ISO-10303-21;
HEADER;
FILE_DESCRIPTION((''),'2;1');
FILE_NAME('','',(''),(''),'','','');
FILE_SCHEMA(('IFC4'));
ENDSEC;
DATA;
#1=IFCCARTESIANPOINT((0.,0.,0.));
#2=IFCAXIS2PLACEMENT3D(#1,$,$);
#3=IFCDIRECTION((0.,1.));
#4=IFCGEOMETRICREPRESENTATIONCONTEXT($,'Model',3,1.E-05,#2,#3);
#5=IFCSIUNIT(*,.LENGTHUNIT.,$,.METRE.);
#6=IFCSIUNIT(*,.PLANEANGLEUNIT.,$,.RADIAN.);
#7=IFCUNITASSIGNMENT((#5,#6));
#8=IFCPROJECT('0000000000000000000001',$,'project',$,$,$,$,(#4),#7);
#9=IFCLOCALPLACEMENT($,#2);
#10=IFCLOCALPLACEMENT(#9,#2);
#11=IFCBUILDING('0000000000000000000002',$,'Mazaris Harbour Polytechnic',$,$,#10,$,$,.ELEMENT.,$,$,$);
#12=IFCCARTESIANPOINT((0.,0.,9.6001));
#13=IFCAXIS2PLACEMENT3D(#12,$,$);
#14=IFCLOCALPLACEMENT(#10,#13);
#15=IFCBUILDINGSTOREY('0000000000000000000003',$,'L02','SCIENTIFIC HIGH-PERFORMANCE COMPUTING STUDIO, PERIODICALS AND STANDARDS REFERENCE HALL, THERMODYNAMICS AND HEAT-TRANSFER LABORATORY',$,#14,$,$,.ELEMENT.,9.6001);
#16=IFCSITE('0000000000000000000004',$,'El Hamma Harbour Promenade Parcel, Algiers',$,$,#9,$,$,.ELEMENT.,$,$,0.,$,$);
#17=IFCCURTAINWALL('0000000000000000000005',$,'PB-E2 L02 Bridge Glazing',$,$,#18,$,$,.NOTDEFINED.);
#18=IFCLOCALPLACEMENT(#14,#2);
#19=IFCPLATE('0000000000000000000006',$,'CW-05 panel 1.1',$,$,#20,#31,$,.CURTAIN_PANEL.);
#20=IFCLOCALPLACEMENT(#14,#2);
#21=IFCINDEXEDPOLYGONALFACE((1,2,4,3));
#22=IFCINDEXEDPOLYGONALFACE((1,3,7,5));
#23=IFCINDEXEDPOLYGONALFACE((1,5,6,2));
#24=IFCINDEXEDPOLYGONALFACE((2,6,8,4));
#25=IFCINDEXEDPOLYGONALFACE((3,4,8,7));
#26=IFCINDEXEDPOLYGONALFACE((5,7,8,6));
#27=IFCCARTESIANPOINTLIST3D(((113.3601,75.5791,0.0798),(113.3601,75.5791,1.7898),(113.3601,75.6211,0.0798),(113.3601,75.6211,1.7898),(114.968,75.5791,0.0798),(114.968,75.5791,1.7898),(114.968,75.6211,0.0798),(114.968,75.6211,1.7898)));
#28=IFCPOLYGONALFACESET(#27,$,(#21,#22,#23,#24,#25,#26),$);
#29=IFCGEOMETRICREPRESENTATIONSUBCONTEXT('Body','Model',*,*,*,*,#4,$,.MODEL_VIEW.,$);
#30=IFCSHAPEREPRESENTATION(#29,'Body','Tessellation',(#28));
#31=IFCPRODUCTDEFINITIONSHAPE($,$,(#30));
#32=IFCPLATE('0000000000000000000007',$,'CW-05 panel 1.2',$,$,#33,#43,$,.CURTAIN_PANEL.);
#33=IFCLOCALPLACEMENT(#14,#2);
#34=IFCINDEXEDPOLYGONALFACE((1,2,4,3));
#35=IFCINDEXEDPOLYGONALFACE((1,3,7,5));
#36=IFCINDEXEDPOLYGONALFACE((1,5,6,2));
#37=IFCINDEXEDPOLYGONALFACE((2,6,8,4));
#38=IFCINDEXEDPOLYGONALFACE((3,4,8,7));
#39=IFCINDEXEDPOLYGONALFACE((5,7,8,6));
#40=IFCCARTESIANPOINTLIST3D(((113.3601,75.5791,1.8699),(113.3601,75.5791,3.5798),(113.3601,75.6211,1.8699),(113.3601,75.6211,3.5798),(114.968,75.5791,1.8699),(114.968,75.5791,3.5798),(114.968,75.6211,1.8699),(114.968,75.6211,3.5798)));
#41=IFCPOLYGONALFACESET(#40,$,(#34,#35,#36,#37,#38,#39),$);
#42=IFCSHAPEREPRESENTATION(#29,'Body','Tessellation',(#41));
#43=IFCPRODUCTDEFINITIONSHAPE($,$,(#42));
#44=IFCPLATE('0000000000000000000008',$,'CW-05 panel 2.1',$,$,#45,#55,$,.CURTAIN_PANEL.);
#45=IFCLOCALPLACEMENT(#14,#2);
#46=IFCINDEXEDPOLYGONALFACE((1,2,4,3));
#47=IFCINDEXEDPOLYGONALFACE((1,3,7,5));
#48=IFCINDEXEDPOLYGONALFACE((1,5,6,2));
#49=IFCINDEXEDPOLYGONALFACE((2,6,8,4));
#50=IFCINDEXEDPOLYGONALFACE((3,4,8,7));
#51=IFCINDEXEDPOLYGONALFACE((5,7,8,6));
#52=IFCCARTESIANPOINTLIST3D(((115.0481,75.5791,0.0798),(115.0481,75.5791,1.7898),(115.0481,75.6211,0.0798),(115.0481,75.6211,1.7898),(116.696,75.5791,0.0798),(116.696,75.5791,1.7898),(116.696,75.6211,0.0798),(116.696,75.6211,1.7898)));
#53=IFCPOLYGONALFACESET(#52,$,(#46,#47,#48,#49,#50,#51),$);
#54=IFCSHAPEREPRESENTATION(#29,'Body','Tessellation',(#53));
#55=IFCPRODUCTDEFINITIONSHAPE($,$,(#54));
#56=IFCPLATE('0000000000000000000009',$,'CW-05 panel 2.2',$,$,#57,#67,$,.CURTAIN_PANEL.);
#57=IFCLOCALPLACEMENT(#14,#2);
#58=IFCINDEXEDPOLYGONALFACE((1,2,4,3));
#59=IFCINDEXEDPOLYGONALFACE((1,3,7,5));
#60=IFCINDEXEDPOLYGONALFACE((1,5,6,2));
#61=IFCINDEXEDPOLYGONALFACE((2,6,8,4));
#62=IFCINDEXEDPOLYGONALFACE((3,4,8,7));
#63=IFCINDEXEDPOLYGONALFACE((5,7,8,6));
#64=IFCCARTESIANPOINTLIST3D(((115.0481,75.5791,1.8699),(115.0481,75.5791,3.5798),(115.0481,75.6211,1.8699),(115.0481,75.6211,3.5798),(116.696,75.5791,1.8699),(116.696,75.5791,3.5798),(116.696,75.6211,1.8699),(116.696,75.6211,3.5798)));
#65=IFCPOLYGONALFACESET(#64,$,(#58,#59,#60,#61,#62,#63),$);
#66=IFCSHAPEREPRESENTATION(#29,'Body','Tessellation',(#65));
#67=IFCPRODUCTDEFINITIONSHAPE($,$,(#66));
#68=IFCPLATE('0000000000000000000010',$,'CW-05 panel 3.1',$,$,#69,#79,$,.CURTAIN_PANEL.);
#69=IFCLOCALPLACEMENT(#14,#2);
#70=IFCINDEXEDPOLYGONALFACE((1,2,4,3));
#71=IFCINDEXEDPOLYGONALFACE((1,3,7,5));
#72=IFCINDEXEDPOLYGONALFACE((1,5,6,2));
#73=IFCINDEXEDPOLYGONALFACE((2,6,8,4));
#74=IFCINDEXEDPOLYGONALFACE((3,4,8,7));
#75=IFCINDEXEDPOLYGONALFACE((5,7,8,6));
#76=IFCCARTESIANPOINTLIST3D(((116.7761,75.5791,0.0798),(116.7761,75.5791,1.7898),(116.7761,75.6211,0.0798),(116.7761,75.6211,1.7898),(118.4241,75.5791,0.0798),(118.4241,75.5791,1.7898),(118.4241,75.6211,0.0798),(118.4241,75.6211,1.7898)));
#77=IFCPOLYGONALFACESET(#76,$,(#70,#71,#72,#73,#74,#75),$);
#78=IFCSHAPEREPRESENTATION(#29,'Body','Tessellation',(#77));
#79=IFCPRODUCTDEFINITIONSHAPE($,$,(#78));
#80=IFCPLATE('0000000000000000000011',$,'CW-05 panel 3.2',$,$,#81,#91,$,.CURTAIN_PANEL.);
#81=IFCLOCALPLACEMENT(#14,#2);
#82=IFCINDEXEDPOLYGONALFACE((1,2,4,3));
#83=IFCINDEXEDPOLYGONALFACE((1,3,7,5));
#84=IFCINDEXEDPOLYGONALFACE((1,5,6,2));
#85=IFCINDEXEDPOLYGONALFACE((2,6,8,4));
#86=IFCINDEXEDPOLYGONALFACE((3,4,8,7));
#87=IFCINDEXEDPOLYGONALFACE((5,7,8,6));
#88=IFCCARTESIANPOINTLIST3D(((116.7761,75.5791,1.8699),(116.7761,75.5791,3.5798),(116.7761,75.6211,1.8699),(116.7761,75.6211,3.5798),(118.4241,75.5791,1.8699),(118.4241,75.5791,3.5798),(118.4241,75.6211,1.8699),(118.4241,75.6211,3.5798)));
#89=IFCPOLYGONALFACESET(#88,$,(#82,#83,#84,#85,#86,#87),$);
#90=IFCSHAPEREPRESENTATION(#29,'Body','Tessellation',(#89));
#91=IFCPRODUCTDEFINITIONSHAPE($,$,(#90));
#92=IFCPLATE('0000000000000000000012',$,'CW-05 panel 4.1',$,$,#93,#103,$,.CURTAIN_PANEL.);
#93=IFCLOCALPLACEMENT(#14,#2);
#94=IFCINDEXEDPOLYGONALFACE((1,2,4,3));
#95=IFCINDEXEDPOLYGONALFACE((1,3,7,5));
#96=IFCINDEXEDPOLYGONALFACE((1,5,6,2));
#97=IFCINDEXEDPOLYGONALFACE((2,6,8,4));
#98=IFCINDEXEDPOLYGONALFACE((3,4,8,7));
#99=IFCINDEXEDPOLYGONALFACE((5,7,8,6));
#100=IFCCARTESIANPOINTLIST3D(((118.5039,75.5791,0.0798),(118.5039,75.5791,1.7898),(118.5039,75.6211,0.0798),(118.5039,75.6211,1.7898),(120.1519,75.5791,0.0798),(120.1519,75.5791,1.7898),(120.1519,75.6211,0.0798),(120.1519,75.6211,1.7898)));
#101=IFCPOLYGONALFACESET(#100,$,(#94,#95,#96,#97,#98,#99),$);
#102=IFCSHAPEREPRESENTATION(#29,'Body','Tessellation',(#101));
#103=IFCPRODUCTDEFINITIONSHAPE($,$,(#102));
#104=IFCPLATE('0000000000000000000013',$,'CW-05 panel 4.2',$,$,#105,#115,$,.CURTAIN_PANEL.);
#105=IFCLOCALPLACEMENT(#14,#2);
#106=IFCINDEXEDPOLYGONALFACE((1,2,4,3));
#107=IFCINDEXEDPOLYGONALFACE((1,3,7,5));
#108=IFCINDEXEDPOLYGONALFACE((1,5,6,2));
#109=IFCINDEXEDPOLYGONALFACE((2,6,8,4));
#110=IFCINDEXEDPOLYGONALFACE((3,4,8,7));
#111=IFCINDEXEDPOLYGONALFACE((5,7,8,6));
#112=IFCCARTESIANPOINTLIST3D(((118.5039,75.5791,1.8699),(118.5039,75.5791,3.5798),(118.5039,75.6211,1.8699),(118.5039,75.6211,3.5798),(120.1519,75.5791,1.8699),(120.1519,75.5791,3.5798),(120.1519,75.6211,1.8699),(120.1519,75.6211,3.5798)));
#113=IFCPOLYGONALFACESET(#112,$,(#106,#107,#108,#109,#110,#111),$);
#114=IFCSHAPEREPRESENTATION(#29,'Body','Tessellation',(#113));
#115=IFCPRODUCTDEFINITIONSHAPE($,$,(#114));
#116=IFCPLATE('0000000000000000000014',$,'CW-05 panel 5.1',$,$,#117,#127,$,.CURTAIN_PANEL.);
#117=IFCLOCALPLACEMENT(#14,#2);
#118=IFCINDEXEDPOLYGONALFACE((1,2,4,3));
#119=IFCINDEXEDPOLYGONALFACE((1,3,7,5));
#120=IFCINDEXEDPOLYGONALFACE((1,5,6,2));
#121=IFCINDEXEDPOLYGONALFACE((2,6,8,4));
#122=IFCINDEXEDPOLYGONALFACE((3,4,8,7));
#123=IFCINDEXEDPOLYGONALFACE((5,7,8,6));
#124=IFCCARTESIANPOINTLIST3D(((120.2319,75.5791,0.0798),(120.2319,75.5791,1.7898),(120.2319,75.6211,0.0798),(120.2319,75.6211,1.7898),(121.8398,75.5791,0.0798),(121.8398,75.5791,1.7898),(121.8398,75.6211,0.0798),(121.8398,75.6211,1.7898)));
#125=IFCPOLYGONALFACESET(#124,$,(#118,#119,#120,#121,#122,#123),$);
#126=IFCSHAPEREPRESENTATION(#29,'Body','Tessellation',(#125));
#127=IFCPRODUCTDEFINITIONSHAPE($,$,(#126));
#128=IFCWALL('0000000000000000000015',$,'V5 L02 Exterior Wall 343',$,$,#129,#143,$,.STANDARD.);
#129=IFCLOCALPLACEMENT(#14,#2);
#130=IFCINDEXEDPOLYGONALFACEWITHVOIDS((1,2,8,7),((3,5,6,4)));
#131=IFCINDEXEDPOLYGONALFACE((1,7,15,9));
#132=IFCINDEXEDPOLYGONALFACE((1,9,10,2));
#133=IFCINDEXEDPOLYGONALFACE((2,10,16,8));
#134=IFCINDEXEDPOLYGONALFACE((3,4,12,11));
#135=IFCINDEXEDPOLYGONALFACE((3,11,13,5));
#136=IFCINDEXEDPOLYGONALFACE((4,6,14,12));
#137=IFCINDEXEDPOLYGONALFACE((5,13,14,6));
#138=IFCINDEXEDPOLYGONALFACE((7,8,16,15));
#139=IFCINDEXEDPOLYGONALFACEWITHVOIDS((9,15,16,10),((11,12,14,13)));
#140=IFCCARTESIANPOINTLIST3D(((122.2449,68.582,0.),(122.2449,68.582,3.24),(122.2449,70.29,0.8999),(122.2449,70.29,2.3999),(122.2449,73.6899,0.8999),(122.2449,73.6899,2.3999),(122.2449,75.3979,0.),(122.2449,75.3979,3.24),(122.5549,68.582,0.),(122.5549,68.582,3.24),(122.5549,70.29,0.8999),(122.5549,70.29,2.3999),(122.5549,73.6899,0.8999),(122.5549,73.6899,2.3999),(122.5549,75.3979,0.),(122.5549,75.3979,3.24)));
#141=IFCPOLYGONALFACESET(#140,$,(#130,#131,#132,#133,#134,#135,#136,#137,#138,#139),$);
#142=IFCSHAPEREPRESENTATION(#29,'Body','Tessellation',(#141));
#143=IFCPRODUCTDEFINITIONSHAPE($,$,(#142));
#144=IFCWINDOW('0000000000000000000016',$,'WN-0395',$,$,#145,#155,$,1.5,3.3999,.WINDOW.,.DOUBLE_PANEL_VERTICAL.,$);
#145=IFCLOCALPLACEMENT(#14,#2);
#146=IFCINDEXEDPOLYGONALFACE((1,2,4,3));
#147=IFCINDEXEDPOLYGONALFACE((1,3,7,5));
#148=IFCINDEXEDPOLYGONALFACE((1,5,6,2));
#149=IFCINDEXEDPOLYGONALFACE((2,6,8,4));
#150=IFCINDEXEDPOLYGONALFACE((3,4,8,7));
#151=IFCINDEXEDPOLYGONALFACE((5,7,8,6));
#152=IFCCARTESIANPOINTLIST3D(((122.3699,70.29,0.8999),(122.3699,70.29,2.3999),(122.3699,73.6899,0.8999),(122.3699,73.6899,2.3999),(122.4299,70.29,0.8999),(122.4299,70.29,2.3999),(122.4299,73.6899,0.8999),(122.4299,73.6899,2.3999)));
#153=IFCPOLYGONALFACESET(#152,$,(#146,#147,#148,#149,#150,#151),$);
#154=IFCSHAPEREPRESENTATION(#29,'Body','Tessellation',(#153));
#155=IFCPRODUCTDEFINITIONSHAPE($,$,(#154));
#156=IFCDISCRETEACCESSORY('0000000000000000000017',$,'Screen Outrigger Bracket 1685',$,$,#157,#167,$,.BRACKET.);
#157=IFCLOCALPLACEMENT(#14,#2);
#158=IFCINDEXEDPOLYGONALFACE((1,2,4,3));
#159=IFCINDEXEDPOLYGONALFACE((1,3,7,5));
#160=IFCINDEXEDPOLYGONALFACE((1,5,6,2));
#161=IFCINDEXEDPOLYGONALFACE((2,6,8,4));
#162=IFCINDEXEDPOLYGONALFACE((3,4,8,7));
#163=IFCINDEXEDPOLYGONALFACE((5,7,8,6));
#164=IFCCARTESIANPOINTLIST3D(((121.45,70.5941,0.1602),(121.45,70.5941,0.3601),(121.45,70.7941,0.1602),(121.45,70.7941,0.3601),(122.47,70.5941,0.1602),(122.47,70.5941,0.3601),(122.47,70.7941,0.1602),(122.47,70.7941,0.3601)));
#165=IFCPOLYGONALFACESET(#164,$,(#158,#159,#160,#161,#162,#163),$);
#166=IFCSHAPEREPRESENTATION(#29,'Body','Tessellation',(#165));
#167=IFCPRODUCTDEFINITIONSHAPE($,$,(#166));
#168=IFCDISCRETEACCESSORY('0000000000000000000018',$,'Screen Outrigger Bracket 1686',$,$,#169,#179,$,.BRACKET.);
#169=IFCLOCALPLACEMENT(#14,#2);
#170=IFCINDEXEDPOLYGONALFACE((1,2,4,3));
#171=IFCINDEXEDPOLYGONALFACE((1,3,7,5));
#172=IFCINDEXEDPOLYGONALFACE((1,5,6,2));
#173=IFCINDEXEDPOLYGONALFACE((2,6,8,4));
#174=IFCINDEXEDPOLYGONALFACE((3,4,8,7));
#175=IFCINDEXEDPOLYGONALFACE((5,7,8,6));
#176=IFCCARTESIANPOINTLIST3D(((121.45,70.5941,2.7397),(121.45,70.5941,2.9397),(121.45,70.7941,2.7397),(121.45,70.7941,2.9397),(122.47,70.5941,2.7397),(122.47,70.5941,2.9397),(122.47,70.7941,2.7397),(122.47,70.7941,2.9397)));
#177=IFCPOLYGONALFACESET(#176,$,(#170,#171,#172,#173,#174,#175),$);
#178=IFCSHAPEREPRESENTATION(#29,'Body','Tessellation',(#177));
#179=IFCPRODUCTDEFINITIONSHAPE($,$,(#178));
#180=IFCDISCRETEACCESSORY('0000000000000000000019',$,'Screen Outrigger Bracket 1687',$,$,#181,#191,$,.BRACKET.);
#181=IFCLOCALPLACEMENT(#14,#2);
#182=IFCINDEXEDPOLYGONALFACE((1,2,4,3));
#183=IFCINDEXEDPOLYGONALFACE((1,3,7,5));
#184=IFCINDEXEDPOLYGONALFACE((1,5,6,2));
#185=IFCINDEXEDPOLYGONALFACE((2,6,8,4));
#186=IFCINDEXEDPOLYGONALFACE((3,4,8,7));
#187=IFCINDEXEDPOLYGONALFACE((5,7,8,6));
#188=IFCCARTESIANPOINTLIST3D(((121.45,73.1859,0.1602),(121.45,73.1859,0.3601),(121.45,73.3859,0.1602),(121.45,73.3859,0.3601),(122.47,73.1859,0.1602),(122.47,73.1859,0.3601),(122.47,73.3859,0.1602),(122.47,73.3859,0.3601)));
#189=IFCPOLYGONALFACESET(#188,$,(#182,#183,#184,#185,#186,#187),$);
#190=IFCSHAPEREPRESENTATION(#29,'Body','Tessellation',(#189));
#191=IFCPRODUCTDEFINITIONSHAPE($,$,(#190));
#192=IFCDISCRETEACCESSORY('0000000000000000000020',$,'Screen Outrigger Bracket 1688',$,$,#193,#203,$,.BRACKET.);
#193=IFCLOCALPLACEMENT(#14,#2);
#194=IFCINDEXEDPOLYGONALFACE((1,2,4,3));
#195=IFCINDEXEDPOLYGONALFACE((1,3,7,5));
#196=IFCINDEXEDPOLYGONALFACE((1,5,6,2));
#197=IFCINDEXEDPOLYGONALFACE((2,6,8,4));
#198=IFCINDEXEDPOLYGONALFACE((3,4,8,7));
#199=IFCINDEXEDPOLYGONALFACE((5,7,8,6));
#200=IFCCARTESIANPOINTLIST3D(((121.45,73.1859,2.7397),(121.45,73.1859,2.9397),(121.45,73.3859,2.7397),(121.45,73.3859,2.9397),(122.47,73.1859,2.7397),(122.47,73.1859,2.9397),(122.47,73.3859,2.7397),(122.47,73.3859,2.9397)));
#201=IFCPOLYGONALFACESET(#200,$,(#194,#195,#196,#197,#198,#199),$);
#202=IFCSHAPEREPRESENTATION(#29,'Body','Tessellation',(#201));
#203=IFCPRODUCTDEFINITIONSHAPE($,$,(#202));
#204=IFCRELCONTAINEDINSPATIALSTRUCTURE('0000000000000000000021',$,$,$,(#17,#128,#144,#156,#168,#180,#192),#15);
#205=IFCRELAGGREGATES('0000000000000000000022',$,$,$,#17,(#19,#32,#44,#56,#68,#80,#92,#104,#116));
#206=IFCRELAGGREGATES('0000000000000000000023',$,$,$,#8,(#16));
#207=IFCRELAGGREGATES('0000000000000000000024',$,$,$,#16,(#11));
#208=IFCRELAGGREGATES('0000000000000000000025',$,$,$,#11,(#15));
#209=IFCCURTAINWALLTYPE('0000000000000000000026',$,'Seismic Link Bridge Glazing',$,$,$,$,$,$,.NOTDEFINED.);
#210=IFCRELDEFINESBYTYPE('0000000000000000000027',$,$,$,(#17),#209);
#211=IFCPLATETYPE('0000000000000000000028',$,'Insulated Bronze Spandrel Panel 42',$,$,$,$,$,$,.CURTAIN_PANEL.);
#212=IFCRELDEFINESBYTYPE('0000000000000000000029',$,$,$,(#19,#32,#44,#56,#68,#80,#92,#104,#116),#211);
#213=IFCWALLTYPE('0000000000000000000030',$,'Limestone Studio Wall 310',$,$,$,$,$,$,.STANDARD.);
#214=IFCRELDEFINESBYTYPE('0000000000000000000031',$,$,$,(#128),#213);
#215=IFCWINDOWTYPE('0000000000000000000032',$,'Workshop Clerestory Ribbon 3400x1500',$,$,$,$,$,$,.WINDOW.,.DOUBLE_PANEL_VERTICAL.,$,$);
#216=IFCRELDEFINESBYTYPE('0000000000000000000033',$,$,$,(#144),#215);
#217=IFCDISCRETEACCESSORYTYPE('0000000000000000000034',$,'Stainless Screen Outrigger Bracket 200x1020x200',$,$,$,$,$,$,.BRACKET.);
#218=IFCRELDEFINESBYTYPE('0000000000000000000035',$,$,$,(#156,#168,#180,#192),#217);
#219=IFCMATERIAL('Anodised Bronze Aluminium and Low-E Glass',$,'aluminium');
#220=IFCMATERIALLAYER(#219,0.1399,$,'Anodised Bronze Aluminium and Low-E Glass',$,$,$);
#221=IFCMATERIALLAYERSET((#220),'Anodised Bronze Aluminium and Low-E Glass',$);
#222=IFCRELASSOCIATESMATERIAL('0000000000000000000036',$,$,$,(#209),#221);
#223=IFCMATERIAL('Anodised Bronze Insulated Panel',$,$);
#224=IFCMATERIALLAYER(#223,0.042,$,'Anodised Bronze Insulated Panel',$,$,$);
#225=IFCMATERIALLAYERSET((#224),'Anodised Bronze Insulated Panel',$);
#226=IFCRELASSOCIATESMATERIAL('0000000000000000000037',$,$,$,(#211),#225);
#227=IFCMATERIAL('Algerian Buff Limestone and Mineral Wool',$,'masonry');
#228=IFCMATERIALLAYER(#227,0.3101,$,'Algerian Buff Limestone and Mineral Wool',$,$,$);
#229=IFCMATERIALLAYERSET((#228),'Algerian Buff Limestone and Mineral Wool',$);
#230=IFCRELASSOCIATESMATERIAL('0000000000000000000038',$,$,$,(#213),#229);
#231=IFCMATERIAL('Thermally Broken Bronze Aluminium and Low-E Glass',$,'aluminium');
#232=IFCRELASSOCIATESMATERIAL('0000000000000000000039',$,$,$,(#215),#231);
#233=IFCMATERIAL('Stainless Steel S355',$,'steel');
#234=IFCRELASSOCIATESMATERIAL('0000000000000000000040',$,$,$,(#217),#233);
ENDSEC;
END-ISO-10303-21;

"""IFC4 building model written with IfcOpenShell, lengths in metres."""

from ifc_helpers import new_model, si_unit, direction, frame, frame_2d, origin, origin_2d, place, context, subcontext, project, spatial, rectangle, extrude, material, layer, layer_set, type_object, element, fill, aggregate, save


model = new_model("IFC4")

# Units and contexts
model_context = context("Model", 3, precision=1e-05, world=origin(), true_north=direction((0.0, 1.0)))
body_context = subcontext(model_context, "Body", "Model", "MODEL_VIEW")
ifc_project = project(units=[si_unit("LENGTHUNIT", "METRE"), si_unit("PLANEANGLEUNIT", "RADIAN")], contexts=[model_context])

# Site, building, storey
site_placement = place(None, origin())
site = spatial("IfcSite", under=ifc_project, at=site_placement, Name="El Hamma Harbour Promenade Parcel, Algiers", CompositionType="ELEMENT", RefElevation=0.0)
building_placement = place(site_placement, origin())
building = spatial("IfcBuilding", under=site, at=building_placement, Name="Mazaris Harbour Polytechnic", CompositionType="ELEMENT")
storey_placement = place(building_placement, frame((0.0, 0.0, 9.6001)))
storey = spatial("IfcBuildingStorey", under=building, at=storey_placement, Name="L02", Description="SCIENTIFIC HIGH-PERFORMANCE COMPUTING STUDIO, PERIODICALS AND STANDARDS REFERENCE HALL, THERMODYNAMICS AND HEAT-TRANSFER LABORATORY", CompositionType="ELEMENT", Elevation=9.6001)

# Curtain wall
ifc_material_1 = material(Name="Anodised Bronze Aluminium and Low-E Glass", Category="aluminium")
ifc_layer_1 = layer(ifc_material_1, 0.1399, Name="Anodised Bronze Aluminium and Low-E Glass")
ifc_layer_set_1 = layer_set([ifc_layer_1], Name="Anodised Bronze Aluminium and Low-E Glass")
curtain_wall_type = type_object("IfcCurtainWallType", Name="Seismic Link Bridge Glazing", PredefinedType="NOTDEFINED", material=ifc_layer_set_1)
curtain_wall_placement = place(storey_placement, origin())
curtain_wall = element("IfcCurtainWall", 1, at=curtain_wall_placement, inside=storey, type_object=curtain_wall_type, Name="PB-E2 L02 Bridge Glazing", PredefinedType="NOTDEFINED")

# Plates
ifc_material_2 = material(Name="Anodised Bronze Insulated Panel")
ifc_layer_2 = layer(ifc_material_2, 0.042, Name="Anodised Bronze Insulated Panel")
ifc_layer_set_2 = layer_set([ifc_layer_2], Name="Anodised Bronze Insulated Panel")
plate_type = type_object("IfcPlateType", Name="Insulated Bronze Spandrel Panel 42", PredefinedType="CURTAIN_PANEL", material=ifc_layer_set_2)
plate_1_placement = place(storey_placement, frame((114.1641, 75.6001, 0.0798), z_axis=(0.0, 0.0, 1.0), x_axis=(1.0, 0.0, 0.0)))
plate_1 = element("IfcPlate", 2, at=plate_1_placement, type_object=plate_type, Name="CW-05 panel 1.1", PredefinedType="CURTAIN_PANEL", context=body_context, shape_type="SweptSolid", body=[
    extrude(rectangle(XDim=1.6079, YDim=0.042, at=origin_2d()), origin(), (0.0, 0.0, 1.0), 1.71),
])
plate_2_placement = place(storey_placement, frame((114.1641, 75.6001, 1.8699), z_axis=(0.0, 0.0, 1.0), x_axis=(1.0, 0.0, 0.0)))
plate_2 = element("IfcPlate", 3, at=plate_2_placement, type_object=plate_type, Name="CW-05 panel 1.2", PredefinedType="CURTAIN_PANEL", context=body_context, shape_type="SweptSolid", body=[
    extrude(rectangle(XDim=1.6079, YDim=0.042, at=origin_2d()), origin(), (0.0, 0.0, 1.0), 1.71),
])
plate_3_placement = place(storey_placement, frame((115.8721, 75.6001, 0.0798), z_axis=(0.0, 0.0, 1.0), x_axis=(1.0, 0.0, 0.0)))
plate_3 = element("IfcPlate", 4, at=plate_3_placement, type_object=plate_type, Name="CW-05 panel 2.1", PredefinedType="CURTAIN_PANEL", context=body_context, shape_type="SweptSolid", body=[
    extrude(rectangle(XDim=1.6479, YDim=0.042, at=origin_2d()), origin(), (0.0, 0.0, 1.0), 1.71),
])
plate_4_placement = place(storey_placement, frame((115.8721, 75.6001, 1.8699), z_axis=(0.0, 0.0, 1.0), x_axis=(1.0, 0.0, 0.0)))
plate_4 = element("IfcPlate", 5, at=plate_4_placement, type_object=plate_type, Name="CW-05 panel 2.2", PredefinedType="CURTAIN_PANEL", context=body_context, shape_type="SweptSolid", body=[
    extrude(rectangle(XDim=1.6479, YDim=0.042, at=origin_2d()), origin(), (0.0, 0.0, 1.0), 1.71),
])
plate_5_placement = place(storey_placement, frame((117.6001, 75.6001, 0.0798), z_axis=(0.0, 0.0, 1.0), x_axis=(1.0, 0.0, 0.0)))
plate_5 = element("IfcPlate", 6, at=plate_5_placement, type_object=plate_type, Name="CW-05 panel 3.1", PredefinedType="CURTAIN_PANEL", context=body_context, shape_type="SweptSolid", body=[
    extrude(rectangle(XDim=1.6479, YDim=0.042, at=origin_2d()), origin(), (0.0, 0.0, 1.0), 1.71),
])
plate_6_placement = place(storey_placement, frame((117.6001, 75.6001, 1.8699), z_axis=(0.0, 0.0, 1.0), x_axis=(1.0, 0.0, 0.0)))
plate_6 = element("IfcPlate", 7, at=plate_6_placement, type_object=plate_type, Name="CW-05 panel 3.2", PredefinedType="CURTAIN_PANEL", context=body_context, shape_type="SweptSolid", body=[
    extrude(rectangle(XDim=1.6479, YDim=0.042, at=origin_2d()), origin(), (0.0, 0.0, 1.0), 1.71),
])
plate_7_placement = place(storey_placement, frame((119.3279, 75.6001, 0.0798), z_axis=(0.0, 0.0, 1.0), x_axis=(1.0, 0.0, 0.0)))
plate_7 = element("IfcPlate", 8, at=plate_7_placement, type_object=plate_type, Name="CW-05 panel 4.1", PredefinedType="CURTAIN_PANEL", context=body_context, shape_type="SweptSolid", body=[
    extrude(rectangle(XDim=1.6479, YDim=0.042, at=origin_2d()), origin(), (0.0, 0.0, 1.0), 1.71),
])
plate_8_placement = place(storey_placement, frame((119.3279, 75.6001, 1.8699), z_axis=(0.0, 0.0, 1.0), x_axis=(1.0, 0.0, 0.0)))
plate_8 = element("IfcPlate", 9, at=plate_8_placement, type_object=plate_type, Name="CW-05 panel 4.2", PredefinedType="CURTAIN_PANEL", context=body_context, shape_type="SweptSolid", body=[
    extrude(rectangle(XDim=1.6479, YDim=0.042, at=origin_2d()), origin(), (0.0, 0.0, 1.0), 1.71),
])
plate_9_placement = place(storey_placement, frame((121.0359, 75.6001, 0.0798), z_axis=(0.0, 0.0, 1.0), x_axis=(1.0, 0.0, 0.0)))
plate_9 = element("IfcPlate", 10, at=plate_9_placement, type_object=plate_type, Name="CW-05 panel 5.1", PredefinedType="CURTAIN_PANEL", context=body_context, shape_type="SweptSolid", body=[
    extrude(rectangle(XDim=1.6079, YDim=0.042, at=origin_2d()), origin(), (0.0, 0.0, 1.0), 1.71),
])
aggregate(curtain_wall, [plate_1, plate_2, plate_3, plate_4, plate_5, plate_6, plate_7, plate_8, plate_9])

# Wall, opening, window
ifc_material_3 = material(Name="Algerian Buff Limestone and Mineral Wool", Category="masonry")
ifc_layer_3 = layer(ifc_material_3, 0.3101, Name="Algerian Buff Limestone and Mineral Wool")
ifc_layer_set_3 = layer_set([ifc_layer_3], Name="Algerian Buff Limestone and Mineral Wool")
wall_type = type_object("IfcWallType", Name="Limestone Studio Wall 310", PredefinedType="STANDARD", material=ifc_layer_set_3)
wall_placement = place(storey_placement, frame((122.3999, 68.582, 0.0), z_axis=(0.0, 0.0, 1.0), x_axis=(0.0, 1.0, 0.0)))
wall = element("IfcWall", 11, at=wall_placement, inside=storey, type_object=wall_type, Name="V5 L02 Exterior Wall 343", PredefinedType="STANDARD", context=body_context, shape_type="SweptSolid", body=[
    extrude(rectangle(XDim=6.8159, YDim=0.3101, at=frame_2d((3.408, 0.0))), origin(), (0.0, 0.0, 1.0), 3.24),
])
opening_placement = place(wall_placement, frame((1.708, 0.0, 0.8999)))
opening = element("IfcOpeningElement", 12, at=opening_placement, cuts=wall, PredefinedType="OPENING", context=body_context, shape_type="SweptSolid", body=[
    extrude(rectangle(XDim=3.3999, YDim=1.5, at=frame_2d((1.7, 0.75))), frame((0.0, 0.165, 0.0), z_axis=(0.0, -1.0, 0.0), x_axis=(1.0, 0.0, 0.0)), (0.0, 0.0, 1.0), 0.3301),
])
ifc_material_4 = material(Name="Thermally Broken Bronze Aluminium and Low-E Glass", Category="aluminium")
window_type = type_object("IfcWindowType", Name="Workshop Clerestory Ribbon 3400x1500", PartitioningType="DOUBLE_PANEL_VERTICAL", PredefinedType="WINDOW", material=ifc_material_4)
window_placement = place(opening_placement, origin())
window = element("IfcWindow", 13, at=window_placement, inside=storey, type_object=window_type, Name="WN-0395", OverallHeight=1.5, OverallWidth=3.3999, PartitioningType="DOUBLE_PANEL_VERTICAL", PredefinedType="WINDOW", context=body_context, shape_type="SweptSolid", body=[
    extrude(rectangle(XDim=3.3999, YDim=1.5, at=frame_2d((1.7, 0.75))), frame((0.0, 0.03, 0.0), z_axis=(0.0, -1.0, 0.0), x_axis=(1.0, 0.0, 0.0)), (0.0, 0.0, 1.0), 0.0601),
])
fill(opening, window)

# Discrete accessories
ifc_material_5 = material(Name="Stainless Steel S355", Category="steel")
discrete_accessory_type = type_object("IfcDiscreteAccessoryType", Name="Stainless Screen Outrigger Bracket 200x1020x200", PredefinedType="BRACKET", material=ifc_material_5)
for number, where, z_axis, x_axis, name in (
    (14, (121.96, 70.6941, 0.1602), (0.0, 0.0, 1.0), (0.0, 1.0, 0.0), "Screen Outrigger Bracket 1685"),
    (15, (121.96, 70.6941, 2.7397), (0.0, 0.0, 1.0), (0.0, 1.0, 0.0), "Screen Outrigger Bracket 1686"),
    (16, (121.96, 73.2859, 0.1602), (0.0, 0.0, 1.0), (0.0, 1.0, 0.0), "Screen Outrigger Bracket 1687"),
    (17, (121.96, 73.2859, 2.7397), (0.0, 0.0, 1.0), (0.0, 1.0, 0.0), "Screen Outrigger Bracket 1688"),
):
    element("IfcDiscreteAccessory", number, at=place(storey_placement, frame(where, z_axis=z_axis, x_axis=x_axis)), inside=storey, type_object=discrete_accessory_type, Name=name, PredefinedType="BRACKET", context=body_context, shape_type="SweptSolid", body=[
        extrude(rectangle(XDim=0.2, YDim=1.02, at=origin_2d()), origin(), (0.0, 0.0, 1.0), 0.2),
    ])

save(model, "model.ifc")
